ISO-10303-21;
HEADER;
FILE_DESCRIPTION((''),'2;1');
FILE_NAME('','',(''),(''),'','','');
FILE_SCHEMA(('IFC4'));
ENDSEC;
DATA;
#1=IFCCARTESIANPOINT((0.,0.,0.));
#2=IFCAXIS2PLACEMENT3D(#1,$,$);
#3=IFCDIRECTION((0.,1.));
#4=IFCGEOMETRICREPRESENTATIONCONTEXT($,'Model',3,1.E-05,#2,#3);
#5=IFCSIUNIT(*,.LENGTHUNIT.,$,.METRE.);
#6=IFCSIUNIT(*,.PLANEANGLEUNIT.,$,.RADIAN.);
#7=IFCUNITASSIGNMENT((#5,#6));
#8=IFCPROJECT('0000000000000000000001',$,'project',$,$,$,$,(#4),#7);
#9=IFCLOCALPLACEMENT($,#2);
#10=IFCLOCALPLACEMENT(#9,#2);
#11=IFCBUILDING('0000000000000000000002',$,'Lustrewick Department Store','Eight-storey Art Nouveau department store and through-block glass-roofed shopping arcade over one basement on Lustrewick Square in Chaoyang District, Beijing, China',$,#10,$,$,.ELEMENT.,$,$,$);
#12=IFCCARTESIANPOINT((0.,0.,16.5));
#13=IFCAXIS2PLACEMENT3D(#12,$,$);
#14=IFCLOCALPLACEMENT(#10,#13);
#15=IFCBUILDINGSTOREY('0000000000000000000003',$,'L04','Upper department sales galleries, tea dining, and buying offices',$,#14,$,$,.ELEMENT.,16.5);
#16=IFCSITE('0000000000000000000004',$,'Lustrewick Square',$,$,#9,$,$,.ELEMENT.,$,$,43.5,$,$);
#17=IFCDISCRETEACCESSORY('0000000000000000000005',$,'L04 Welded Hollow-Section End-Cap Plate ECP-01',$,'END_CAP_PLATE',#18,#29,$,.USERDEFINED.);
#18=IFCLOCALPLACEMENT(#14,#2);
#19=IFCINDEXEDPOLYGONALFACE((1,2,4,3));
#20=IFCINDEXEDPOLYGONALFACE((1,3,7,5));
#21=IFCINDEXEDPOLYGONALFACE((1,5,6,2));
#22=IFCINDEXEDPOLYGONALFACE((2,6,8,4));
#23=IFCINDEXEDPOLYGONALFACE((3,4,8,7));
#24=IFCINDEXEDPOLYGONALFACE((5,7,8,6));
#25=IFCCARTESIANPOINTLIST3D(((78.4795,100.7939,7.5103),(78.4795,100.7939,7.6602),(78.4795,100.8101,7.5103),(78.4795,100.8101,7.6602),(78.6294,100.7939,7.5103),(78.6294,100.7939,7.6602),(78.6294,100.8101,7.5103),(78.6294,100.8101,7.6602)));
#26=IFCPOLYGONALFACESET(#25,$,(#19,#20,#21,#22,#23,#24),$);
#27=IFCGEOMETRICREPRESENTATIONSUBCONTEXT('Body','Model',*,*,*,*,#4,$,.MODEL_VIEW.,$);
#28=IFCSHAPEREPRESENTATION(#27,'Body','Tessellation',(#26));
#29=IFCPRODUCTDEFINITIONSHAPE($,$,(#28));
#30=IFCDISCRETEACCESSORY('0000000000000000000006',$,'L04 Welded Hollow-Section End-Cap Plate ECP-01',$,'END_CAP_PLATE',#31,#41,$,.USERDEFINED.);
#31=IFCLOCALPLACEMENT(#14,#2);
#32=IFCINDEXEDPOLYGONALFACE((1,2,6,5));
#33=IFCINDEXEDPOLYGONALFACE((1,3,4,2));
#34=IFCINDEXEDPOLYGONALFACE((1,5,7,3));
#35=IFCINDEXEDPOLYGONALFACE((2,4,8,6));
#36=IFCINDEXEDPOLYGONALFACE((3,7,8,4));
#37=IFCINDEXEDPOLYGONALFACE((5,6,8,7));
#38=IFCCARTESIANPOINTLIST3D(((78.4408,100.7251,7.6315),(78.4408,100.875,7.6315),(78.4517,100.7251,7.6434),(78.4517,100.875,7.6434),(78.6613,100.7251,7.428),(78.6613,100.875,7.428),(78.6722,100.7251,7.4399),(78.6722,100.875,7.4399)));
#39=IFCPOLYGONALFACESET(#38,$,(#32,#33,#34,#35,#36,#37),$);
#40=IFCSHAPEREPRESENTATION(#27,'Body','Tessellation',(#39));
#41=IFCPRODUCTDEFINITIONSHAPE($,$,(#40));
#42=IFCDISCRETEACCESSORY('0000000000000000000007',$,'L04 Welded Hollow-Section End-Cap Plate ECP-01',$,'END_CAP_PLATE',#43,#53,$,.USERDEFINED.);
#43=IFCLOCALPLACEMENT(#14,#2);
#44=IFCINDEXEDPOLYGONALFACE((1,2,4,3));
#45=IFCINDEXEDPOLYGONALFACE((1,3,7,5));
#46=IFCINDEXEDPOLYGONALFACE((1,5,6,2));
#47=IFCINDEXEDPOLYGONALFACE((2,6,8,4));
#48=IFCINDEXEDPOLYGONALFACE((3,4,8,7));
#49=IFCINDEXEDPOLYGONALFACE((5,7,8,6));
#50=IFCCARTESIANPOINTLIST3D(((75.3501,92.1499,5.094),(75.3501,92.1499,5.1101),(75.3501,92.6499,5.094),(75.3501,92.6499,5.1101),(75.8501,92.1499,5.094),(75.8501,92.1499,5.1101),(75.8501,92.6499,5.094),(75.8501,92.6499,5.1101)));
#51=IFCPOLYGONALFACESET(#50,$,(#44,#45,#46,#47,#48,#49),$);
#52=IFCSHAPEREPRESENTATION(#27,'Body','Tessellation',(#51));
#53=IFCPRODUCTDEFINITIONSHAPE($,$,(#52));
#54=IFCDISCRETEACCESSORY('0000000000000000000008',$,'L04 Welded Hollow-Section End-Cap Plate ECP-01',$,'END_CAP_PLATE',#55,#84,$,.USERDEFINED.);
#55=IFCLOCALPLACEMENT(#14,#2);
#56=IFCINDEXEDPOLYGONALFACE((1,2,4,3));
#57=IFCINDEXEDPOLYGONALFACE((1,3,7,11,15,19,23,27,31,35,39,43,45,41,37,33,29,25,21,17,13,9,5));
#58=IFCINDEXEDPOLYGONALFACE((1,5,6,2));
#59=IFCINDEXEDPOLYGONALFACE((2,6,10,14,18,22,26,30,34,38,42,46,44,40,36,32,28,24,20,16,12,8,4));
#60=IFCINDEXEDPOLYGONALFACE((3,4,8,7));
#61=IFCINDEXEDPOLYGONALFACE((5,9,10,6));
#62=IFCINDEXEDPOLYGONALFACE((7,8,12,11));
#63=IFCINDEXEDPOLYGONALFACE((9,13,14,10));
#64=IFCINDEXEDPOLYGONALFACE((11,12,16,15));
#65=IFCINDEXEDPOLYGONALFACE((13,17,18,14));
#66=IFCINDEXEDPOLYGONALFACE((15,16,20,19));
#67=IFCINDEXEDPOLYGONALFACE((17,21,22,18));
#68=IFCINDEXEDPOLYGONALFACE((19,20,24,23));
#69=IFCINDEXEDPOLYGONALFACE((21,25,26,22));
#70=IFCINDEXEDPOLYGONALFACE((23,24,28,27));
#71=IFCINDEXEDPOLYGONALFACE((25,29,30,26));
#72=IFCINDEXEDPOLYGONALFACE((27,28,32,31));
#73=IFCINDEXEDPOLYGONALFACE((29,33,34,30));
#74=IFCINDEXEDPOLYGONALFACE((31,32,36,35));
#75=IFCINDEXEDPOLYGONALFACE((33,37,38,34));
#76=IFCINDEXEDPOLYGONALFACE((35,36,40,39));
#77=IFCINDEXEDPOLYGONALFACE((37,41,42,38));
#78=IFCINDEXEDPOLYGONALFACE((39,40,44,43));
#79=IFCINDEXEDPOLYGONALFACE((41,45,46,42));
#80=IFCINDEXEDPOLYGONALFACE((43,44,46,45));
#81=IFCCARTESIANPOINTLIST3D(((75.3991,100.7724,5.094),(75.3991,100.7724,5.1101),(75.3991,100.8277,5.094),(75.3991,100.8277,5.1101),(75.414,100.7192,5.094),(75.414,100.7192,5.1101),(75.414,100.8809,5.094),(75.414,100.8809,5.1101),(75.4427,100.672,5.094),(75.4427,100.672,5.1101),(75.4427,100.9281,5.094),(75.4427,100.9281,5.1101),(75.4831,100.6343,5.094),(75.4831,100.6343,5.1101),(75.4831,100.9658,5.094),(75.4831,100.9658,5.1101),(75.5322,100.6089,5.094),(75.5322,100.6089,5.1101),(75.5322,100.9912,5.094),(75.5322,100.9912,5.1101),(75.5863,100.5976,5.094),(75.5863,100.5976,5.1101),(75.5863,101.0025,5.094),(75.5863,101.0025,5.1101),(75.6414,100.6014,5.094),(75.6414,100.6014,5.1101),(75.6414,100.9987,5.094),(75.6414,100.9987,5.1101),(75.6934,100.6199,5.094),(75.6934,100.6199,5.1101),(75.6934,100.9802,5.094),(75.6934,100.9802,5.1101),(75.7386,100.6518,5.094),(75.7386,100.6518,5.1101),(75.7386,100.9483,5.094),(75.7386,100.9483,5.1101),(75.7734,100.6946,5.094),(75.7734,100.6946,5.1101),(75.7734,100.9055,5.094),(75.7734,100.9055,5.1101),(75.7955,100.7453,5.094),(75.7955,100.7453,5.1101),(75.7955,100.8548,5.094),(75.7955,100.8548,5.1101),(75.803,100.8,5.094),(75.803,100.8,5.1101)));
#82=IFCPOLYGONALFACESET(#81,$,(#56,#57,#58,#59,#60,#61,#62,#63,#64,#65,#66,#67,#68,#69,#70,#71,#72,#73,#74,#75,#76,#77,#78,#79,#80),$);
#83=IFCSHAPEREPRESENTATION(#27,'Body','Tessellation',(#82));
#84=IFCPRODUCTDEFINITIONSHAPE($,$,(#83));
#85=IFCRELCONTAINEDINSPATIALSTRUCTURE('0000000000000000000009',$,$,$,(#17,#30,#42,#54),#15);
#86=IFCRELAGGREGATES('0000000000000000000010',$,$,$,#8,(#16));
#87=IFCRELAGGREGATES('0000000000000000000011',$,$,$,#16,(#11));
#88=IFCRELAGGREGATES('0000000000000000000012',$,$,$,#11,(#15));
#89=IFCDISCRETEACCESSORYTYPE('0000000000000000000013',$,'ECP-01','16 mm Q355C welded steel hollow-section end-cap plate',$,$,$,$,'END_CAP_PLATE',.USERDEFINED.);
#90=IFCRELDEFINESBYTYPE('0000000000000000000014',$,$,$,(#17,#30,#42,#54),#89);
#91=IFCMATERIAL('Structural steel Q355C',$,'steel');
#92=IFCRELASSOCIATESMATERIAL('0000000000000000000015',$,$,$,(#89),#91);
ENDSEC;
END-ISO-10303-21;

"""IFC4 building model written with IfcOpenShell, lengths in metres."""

from ifc_helpers import new_model, si_unit, direction, frame, origin, origin_2d, place, context, subcontext, project, spatial, rectangle, circle, extrude, material, type_object, element, save


model = new_model("IFC4")

# Units and contexts
model_context = context("Model", 3, precision=1e-05, world=origin(), true_north=direction((0.0, 1.0)))
body_context = subcontext(model_context, "Body", "Model", "MODEL_VIEW")
ifc_project = project(units=[si_unit("LENGTHUNIT", "METRE"), si_unit("PLANEANGLEUNIT", "RADIAN")], contexts=[model_context])

# Site, building, storey
site_placement = place(None, origin())
site = spatial("IfcSite", under=ifc_project, at=site_placement, Name="Lustrewick Square", CompositionType="ELEMENT", RefElevation=43.5)
building_placement = place(site_placement, origin())
building = spatial("IfcBuilding", under=site, at=building_placement, Name="Lustrewick Department Store", Description="Eight-storey Art Nouveau department store and through-block glass-roofed shopping arcade over one basement on Lustrewick Square in Chaoyang District, Beijing, China", CompositionType="ELEMENT")
storey_placement = place(building_placement, frame((0.0, 0.0, 16.5)))
storey = spatial("IfcBuildingStorey", under=building, at=storey_placement, Name="L04", Description="Upper department sales galleries, tea dining, and buying offices", CompositionType="ELEMENT", Elevation=16.5)

# Shared definitions
ifc_material_1 = material(Name="Structural steel Q355C", Category="steel")

# Discrete accessories
discrete_accessory_type = type_object("IfcDiscreteAccessoryType", Name="ECP-01", Description="16 mm Q355C welded steel hollow-section end-cap plate", ElementType="END_CAP_PLATE", PredefinedType="USERDEFINED", material=ifc_material_1)
discrete_accessory_1_placement = place(storey_placement, frame((78.5544, 100.7939, 7.5852), z_axis=(0.0, 1.0, 0.0), x_axis=(-1.0, 0.0, 0.0)))
element("IfcDiscreteAccessory", 1, at=discrete_accessory_1_placement, inside=storey, type_object=discrete_accessory_type, Name="L04 Welded Hollow-Section End-Cap Plate ECP-01", ObjectType="END_CAP_PLATE", PredefinedType="USERDEFINED", context=body_context, shape_type="SweptSolid", body=[
    extrude(rectangle(XDim=0.1499, YDim=0.1499, at=origin_2d()), origin(), (0.0, 0.0, 1.0), 0.0161),
])
discrete_accessory_2_placement = place(storey_placement, frame((78.551, 100.8, 7.5298), z_axis=(0.678234, 0.0, 0.734846), x_axis=(0.0, 1.0, 0.0)))
element("IfcDiscreteAccessory", 2, at=discrete_accessory_2_placement, inside=storey, type_object=discrete_accessory_type, Name="L04 Welded Hollow-Section End-Cap Plate ECP-01", ObjectType="END_CAP_PLATE", PredefinedType="USERDEFINED", context=body_context, shape_type="SweptSolid", body=[
    extrude(rectangle(XDim=0.1499, YDim=0.3, at=origin_2d()), origin(), (0.0, 0.0, 1.0), 0.0161),
])
discrete_accessory_3_placement = place(storey_placement, frame((75.6001, 92.3999, 5.094), z_axis=(0.0, 0.0, 1.0), x_axis=(1.0, 0.0, 0.0)))
element("IfcDiscreteAccessory", 3, at=discrete_accessory_3_placement, inside=storey, type_object=discrete_accessory_type, Name="L04 Welded Hollow-Section End-Cap Plate ECP-01", ObjectType="END_CAP_PLATE", PredefinedType="USERDEFINED", context=body_context, shape_type="SweptSolid", body=[
    extrude(rectangle(XDim=0.5, YDim=0.5, at=origin_2d()), origin(), (0.0, 0.0, 1.0), 0.0161),
])
discrete_accessory_4_placement = place(storey_placement, frame((75.6001, 100.8, 5.094), z_axis=(0.0, 0.0, 1.0), x_axis=(1.0, 0.0, 0.0)))
element("IfcDiscreteAccessory", 4, at=discrete_accessory_4_placement, inside=storey, type_object=discrete_accessory_type, Name="L04 Welded Hollow-Section End-Cap Plate ECP-01", ObjectType="END_CAP_PLATE", PredefinedType="USERDEFINED", context=body_context, shape_type="SweptSolid", body=[
    extrude(circle(Radius=0.2029, at=origin_2d()), origin(), (0.0, 0.0, 1.0), 0.0161),
])

save(model, "model.ifc")
